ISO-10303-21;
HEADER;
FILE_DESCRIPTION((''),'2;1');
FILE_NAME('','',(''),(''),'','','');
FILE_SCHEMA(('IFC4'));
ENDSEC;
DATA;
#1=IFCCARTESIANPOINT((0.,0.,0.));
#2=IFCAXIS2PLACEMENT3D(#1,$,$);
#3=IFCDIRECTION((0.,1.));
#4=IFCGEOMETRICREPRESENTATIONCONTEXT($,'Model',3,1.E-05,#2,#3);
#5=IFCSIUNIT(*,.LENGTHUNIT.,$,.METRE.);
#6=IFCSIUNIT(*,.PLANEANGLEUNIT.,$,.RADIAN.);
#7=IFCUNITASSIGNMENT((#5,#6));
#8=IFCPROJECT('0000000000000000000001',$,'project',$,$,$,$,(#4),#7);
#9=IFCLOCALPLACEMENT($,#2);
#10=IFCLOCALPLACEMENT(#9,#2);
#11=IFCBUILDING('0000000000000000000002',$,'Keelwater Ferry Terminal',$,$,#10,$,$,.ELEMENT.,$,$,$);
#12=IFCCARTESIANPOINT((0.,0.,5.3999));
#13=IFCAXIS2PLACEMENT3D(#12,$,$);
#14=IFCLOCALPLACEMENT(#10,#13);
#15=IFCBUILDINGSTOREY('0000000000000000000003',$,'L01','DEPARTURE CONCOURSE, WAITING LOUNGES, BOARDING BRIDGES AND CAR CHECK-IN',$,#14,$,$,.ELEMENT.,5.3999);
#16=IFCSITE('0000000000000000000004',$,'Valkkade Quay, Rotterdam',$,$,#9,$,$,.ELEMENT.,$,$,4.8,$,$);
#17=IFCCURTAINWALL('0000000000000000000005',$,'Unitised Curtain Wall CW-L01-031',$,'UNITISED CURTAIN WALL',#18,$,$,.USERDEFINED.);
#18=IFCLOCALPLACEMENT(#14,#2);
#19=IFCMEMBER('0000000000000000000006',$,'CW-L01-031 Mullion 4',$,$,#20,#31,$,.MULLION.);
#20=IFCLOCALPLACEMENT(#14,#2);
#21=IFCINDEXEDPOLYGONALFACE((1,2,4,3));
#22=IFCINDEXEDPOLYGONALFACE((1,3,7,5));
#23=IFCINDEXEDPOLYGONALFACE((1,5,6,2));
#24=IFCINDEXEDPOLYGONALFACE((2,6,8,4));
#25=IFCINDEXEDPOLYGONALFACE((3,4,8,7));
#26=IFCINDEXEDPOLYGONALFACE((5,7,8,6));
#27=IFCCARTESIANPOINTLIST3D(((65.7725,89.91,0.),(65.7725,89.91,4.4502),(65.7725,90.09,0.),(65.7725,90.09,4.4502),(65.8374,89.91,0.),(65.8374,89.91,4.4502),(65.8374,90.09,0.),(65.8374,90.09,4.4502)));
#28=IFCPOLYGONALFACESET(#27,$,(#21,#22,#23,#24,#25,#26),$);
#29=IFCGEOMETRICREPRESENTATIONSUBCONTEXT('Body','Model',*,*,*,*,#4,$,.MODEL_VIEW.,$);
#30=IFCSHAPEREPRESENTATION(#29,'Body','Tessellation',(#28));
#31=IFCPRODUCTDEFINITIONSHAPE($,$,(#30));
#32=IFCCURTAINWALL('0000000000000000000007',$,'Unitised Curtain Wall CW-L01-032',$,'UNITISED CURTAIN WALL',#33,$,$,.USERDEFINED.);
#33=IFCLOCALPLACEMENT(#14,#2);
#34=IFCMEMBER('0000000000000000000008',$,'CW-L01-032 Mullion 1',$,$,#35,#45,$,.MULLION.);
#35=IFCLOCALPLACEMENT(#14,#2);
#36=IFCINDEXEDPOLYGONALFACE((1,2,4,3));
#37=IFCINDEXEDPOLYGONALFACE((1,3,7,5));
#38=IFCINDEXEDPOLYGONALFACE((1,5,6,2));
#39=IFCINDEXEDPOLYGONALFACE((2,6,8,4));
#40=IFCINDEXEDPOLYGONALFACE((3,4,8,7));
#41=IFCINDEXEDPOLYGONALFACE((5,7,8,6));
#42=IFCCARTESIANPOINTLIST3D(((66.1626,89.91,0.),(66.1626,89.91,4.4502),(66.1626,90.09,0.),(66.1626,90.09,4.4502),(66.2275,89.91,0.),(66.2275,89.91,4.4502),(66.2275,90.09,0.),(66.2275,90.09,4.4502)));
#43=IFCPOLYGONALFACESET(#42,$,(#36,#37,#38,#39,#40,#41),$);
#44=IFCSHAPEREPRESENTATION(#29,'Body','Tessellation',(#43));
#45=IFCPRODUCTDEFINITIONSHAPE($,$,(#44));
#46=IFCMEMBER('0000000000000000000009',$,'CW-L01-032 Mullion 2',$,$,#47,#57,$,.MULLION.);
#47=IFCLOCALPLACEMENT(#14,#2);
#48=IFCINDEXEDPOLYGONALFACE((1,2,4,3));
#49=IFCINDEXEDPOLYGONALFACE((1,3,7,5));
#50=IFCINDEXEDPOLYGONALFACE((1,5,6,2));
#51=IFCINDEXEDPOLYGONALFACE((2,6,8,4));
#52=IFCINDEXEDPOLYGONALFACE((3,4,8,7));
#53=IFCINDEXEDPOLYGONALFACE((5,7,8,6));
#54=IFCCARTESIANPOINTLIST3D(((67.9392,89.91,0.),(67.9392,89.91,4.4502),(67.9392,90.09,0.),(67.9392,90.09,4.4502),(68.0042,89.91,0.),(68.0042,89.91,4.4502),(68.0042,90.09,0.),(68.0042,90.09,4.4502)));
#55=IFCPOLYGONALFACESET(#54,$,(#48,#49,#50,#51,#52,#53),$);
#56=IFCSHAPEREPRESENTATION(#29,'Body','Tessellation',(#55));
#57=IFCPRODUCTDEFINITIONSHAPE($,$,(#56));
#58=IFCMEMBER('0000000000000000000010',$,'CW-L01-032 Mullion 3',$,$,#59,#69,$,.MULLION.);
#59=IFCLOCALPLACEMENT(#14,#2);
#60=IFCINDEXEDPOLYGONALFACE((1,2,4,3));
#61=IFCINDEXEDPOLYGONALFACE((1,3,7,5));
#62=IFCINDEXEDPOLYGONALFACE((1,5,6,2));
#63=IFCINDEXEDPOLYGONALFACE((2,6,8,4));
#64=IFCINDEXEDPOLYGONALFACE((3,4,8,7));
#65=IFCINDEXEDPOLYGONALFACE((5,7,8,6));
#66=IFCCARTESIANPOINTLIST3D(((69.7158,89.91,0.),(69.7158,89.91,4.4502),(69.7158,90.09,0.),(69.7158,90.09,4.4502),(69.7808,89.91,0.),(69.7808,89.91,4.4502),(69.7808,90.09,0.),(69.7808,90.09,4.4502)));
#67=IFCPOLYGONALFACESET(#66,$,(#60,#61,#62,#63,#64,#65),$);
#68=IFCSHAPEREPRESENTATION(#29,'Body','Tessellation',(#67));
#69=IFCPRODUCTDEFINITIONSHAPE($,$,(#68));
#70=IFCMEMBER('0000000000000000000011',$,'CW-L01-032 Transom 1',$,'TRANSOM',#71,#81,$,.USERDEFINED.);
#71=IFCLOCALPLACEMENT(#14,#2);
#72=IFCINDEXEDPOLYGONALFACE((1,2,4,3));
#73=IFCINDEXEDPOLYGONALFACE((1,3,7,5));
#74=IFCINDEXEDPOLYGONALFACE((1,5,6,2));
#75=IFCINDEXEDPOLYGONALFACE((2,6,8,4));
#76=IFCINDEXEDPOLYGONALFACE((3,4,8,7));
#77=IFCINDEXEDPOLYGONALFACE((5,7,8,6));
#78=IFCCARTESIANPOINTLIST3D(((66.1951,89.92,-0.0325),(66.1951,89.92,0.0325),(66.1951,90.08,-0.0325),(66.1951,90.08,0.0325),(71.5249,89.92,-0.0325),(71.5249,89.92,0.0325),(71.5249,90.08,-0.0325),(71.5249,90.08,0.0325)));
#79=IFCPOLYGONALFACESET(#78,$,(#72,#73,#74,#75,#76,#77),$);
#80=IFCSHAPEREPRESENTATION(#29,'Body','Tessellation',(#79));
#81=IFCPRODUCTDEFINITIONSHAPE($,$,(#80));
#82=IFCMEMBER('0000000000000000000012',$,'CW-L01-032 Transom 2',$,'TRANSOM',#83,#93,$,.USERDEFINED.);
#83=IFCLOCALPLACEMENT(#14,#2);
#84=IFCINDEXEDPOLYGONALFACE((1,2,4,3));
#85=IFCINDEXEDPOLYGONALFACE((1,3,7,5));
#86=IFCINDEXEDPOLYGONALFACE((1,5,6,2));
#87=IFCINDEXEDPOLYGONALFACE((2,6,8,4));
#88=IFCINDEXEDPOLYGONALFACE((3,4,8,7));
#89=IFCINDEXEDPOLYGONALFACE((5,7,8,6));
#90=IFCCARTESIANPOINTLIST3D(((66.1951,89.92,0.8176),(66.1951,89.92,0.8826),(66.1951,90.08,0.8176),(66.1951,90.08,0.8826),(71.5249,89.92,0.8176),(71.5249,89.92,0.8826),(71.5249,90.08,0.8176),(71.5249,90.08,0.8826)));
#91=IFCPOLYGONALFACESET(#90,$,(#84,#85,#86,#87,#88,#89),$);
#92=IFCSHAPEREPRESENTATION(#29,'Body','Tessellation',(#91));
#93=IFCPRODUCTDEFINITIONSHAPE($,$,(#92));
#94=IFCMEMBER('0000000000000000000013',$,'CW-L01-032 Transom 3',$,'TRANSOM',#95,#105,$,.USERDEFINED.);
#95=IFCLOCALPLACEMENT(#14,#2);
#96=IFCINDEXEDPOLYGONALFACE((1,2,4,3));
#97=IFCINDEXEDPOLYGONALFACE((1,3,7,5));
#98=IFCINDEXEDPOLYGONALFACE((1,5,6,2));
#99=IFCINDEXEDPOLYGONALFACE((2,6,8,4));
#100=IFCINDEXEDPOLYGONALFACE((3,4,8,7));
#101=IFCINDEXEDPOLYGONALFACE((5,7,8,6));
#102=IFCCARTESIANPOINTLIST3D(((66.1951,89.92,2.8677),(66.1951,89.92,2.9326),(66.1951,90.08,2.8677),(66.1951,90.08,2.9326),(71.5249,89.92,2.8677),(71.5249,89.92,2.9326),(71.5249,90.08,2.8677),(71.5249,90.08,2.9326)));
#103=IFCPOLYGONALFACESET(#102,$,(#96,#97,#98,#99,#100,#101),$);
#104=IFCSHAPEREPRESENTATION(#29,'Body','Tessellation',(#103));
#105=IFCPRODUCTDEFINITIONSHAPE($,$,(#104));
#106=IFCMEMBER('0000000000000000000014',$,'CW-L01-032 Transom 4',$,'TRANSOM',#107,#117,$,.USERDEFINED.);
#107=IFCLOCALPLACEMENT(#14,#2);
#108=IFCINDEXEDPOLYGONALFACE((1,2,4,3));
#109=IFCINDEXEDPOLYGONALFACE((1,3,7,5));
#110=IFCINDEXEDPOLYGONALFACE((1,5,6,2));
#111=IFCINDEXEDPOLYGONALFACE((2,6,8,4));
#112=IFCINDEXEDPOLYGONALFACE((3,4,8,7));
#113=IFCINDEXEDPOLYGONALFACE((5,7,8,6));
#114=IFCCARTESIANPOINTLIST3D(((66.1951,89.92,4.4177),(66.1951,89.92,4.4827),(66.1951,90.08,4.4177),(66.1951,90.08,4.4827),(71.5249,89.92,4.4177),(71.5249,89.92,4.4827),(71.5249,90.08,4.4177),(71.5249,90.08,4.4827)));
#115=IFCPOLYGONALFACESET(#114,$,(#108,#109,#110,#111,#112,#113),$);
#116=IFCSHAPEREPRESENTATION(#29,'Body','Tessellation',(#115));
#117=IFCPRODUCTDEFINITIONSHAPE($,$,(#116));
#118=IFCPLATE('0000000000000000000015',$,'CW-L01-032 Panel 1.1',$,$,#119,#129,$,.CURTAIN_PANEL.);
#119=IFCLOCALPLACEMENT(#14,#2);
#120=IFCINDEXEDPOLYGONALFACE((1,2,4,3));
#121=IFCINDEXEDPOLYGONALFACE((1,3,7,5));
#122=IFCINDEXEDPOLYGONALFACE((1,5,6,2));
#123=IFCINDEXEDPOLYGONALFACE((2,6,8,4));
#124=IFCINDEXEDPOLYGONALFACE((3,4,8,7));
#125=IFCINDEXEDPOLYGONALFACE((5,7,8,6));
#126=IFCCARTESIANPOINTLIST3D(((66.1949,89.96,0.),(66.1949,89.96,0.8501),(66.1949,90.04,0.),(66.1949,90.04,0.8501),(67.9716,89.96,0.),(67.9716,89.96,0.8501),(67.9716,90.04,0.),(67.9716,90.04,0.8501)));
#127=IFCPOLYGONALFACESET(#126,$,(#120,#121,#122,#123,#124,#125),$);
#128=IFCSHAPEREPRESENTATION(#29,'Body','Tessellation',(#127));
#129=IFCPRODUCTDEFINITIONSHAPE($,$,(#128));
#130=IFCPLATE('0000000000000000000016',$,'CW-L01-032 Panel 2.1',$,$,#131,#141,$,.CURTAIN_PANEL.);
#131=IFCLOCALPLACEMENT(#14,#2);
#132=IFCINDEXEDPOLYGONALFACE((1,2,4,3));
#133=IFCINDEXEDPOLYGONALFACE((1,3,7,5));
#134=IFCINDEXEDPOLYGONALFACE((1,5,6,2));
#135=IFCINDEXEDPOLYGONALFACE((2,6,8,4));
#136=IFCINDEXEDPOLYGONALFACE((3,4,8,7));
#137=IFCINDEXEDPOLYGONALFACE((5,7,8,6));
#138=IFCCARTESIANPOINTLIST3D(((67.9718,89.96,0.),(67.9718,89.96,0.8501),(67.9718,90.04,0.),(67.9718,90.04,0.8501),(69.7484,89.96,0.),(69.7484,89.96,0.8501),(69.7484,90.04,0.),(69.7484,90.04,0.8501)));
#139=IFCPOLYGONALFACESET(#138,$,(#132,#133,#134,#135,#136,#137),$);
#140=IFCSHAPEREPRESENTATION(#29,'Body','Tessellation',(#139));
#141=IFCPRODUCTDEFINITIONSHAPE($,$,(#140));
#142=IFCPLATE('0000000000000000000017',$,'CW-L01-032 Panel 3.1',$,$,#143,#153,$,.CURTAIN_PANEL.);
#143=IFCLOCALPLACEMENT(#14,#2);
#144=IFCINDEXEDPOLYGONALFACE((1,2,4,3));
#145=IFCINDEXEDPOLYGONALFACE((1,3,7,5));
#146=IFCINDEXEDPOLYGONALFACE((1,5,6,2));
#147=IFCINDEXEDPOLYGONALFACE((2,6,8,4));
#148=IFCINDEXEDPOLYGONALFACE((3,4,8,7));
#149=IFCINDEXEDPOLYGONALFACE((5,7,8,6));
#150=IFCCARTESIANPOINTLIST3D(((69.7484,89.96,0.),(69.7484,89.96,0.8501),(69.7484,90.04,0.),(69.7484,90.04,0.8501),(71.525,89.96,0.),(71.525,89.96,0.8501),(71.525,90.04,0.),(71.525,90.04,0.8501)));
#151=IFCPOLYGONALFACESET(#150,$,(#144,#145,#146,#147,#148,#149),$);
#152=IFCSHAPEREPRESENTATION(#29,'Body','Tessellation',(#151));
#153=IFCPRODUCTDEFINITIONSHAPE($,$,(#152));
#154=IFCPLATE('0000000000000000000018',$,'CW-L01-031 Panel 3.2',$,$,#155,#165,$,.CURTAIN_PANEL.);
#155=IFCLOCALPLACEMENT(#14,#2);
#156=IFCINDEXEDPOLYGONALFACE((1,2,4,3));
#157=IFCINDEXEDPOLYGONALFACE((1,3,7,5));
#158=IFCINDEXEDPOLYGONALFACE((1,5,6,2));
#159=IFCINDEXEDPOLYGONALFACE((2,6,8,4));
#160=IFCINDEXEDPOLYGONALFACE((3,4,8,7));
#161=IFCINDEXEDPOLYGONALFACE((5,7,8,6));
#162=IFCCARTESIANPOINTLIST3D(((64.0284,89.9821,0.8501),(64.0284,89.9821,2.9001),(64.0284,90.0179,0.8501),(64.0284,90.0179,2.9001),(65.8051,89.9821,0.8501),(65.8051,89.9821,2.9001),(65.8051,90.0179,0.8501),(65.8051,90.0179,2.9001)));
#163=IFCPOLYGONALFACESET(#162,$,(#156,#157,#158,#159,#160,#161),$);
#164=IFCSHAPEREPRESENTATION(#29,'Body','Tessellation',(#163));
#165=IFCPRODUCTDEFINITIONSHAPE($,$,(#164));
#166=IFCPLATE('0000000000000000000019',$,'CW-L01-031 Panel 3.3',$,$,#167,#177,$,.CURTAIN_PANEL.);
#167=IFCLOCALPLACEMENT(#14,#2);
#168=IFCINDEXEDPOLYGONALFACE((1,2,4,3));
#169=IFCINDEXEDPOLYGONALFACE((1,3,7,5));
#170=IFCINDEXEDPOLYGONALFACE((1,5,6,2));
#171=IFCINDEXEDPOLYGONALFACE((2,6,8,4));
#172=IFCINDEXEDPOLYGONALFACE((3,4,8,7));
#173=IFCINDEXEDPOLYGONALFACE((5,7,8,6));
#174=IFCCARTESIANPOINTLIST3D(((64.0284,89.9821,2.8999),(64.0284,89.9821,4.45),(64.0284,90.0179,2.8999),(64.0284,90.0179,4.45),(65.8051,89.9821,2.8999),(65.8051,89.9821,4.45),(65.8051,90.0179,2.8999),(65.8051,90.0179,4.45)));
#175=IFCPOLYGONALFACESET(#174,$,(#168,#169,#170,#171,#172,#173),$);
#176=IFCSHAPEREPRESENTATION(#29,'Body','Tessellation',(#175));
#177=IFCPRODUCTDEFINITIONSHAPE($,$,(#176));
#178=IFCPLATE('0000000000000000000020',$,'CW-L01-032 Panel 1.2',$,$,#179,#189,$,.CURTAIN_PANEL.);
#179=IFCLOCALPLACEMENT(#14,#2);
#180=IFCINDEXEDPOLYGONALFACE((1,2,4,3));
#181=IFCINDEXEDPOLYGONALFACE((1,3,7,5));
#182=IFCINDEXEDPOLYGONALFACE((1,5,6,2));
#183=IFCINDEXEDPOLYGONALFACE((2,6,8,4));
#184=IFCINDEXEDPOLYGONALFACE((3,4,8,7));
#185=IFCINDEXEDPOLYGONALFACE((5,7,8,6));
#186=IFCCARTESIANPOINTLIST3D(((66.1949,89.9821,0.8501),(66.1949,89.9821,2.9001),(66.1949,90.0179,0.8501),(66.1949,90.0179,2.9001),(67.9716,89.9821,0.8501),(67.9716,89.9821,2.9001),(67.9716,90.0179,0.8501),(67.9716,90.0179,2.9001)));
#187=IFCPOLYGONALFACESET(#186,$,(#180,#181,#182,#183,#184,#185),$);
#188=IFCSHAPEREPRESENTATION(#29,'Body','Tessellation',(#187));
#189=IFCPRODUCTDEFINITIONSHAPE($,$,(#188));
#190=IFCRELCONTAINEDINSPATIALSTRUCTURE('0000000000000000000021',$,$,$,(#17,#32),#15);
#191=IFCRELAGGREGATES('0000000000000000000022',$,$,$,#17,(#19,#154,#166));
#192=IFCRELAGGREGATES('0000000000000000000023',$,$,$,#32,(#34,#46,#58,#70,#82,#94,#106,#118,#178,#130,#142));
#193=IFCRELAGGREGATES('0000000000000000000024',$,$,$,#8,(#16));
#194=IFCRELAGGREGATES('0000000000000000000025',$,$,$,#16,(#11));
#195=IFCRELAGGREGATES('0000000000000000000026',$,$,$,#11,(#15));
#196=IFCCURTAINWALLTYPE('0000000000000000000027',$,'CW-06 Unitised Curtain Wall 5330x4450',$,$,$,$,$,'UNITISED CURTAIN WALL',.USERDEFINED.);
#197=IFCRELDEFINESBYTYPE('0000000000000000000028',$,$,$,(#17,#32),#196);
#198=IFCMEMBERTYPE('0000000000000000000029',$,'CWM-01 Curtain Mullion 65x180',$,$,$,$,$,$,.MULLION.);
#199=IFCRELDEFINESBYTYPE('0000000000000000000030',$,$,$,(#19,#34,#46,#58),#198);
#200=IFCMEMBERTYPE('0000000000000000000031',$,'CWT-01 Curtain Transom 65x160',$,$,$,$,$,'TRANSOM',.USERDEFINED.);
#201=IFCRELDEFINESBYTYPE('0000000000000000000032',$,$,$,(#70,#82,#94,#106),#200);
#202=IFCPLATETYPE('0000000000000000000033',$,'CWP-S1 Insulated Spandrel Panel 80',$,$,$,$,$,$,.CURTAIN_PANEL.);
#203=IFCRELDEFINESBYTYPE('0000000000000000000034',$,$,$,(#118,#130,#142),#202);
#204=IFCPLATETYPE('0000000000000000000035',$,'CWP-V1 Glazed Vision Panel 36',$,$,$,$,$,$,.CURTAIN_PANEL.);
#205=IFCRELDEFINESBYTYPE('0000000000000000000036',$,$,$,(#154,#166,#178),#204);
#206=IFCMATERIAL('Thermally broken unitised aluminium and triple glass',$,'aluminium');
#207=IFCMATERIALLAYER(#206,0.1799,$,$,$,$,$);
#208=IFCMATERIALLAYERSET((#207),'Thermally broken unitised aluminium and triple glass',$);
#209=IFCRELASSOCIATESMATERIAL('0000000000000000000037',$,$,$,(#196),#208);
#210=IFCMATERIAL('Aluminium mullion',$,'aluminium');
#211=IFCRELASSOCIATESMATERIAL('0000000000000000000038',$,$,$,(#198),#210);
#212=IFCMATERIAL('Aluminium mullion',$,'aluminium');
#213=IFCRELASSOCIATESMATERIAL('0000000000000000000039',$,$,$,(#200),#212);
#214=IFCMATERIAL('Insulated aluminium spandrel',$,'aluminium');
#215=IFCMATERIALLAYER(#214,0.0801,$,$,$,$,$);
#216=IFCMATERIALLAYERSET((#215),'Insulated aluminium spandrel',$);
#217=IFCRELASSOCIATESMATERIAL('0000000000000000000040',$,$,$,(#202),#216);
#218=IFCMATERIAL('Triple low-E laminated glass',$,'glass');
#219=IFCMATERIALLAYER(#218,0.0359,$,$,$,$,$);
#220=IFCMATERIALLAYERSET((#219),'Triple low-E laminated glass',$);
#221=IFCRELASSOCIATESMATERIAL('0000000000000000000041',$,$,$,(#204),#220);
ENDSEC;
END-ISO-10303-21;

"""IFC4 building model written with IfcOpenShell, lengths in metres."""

from ifc_helpers import new_model, si_unit, direction, frame, origin, origin_2d, place, context, subcontext, project, spatial, rectangle, extrude, material, layer, layer_set, material_profile, profile_set, type_object, element, aggregate, save


model = new_model("IFC4")

# Units and contexts
model_context = context("Model", 3, precision=1e-05, world=origin(), true_north=direction((0.0, 1.0)))
body_context = subcontext(model_context, "Body", "Model", "MODEL_VIEW")
ifc_project = project(units=[si_unit("LENGTHUNIT", "METRE"), si_unit("PLANEANGLEUNIT", "RADIAN")], contexts=[model_context])

# Site, building, storey
site_placement = place(None, origin())
site = spatial("IfcSite", under=ifc_project, at=site_placement, Name="Valkkade Quay, Rotterdam", CompositionType="ELEMENT", RefElevation=4.8)
building_placement = place(site_placement, origin())
building = spatial("IfcBuilding", under=site, at=building_placement, Name="Keelwater Ferry Terminal", CompositionType="ELEMENT")
storey_placement = place(building_placement, frame((0.0, 0.0, 5.3999)))
storey = spatial("IfcBuildingStorey", under=building, at=storey_placement, Name="L01", Description="DEPARTURE CONCOURSE, WAITING LOUNGES, BOARDING BRIDGES AND CAR CHECK-IN", CompositionType="ELEMENT", Elevation=5.3999)

# Curtain wall, member
ifc_material_1 = material(Name="Thermally broken unitised aluminium and triple glass", Category="aluminium")
ifc_layer_1 = layer(ifc_material_1, 0.1799)
ifc_layer_set_1 = layer_set([ifc_layer_1], Name="Thermally broken unitised aluminium and triple glass")
curtain_wall_type = type_object("IfcCurtainWallType", Name="CW-06 Unitised Curtain Wall 5330x4450", ElementType="UNITISED CURTAIN WALL", PredefinedType="USERDEFINED", material=ifc_layer_set_1)
curtain_wall_1_placement = place(storey_placement, origin())
curtain_wall_1 = element("IfcCurtainWall", 1, at=curtain_wall_1_placement, inside=storey, type_object=curtain_wall_type, Name="Unitised Curtain Wall CW-L01-031", ObjectType="UNITISED CURTAIN WALL", PredefinedType="USERDEFINED")
ifc_material_2 = material(Name="Aluminium mullion", Category="aluminium")
ifc_material_profile_1 = material_profile(ifc_material_2, rectangle(XDim=0.0649, YDim=0.1799, at=origin_2d()), Name="CWM-01")
ifc_profile_set_1 = profile_set([ifc_material_profile_1], Name="Aluminium mullion")
member_type_1 = type_object("IfcMemberType", Name="CWM-01 Curtain Mullion 65x180", PredefinedType="MULLION", material=ifc_profile_set_1)
member_1_placement = place(storey_placement, frame((65.8049, 90.0, 0.0), z_axis=(0.0, 0.0, 1.0), x_axis=(1.0, 0.0, 0.0)))
member_1 = element("IfcMember", 2, at=member_1_placement, type_object=member_type_1, Name="CW-L01-031 Mullion 4", PredefinedType="MULLION", context=body_context, shape_type="SweptSolid", body=[
    extrude(rectangle(XDim=0.0649, YDim=0.1799, at=origin_2d()), origin(), (0.0, 0.0, 1.0), 4.4502),
])

# Curtain wall, members, plates
curtain_wall_2_placement = place(storey_placement, origin())
curtain_wall_2 = element("IfcCurtainWall", 3, at=curtain_wall_2_placement, inside=storey, type_object=curtain_wall_type, Name="Unitised Curtain Wall CW-L01-032", ObjectType="UNITISED CURTAIN WALL", PredefinedType="USERDEFINED")
member_2_placement = place(storey_placement, frame((66.1951, 90.0, 0.0), z_axis=(0.0, 0.0, 1.0), x_axis=(1.0, 0.0, 0.0)))
member_2 = element("IfcMember", 4, at=member_2_placement, type_object=member_type_1, Name="CW-L01-032 Mullion 1", PredefinedType="MULLION", context=body_context, shape_type="SweptSolid", body=[
    extrude(rectangle(XDim=0.0649, YDim=0.1799, at=origin_2d()), origin(), (0.0, 0.0, 1.0), 4.4502),
])
member_3_placement = place(storey_placement, frame((67.9717, 90.0, 0.0), z_axis=(0.0, 0.0, 1.0), x_axis=(1.0, 0.0, 0.0)))
member_3 = element("IfcMember", 5, at=member_3_placement, type_object=member_type_1, Name="CW-L01-032 Mullion 2", PredefinedType="MULLION", context=body_context, shape_type="SweptSolid", body=[
    extrude(rectangle(XDim=0.0649, YDim=0.1799, at=origin_2d()), origin(), (0.0, 0.0, 1.0), 4.4502),
])
member_4_placement = place(storey_placement, frame((69.7483, 90.0, 0.0), z_axis=(0.0, 0.0, 1.0), x_axis=(1.0, 0.0, 0.0)))
member_4 = element("IfcMember", 6, at=member_4_placement, type_object=member_type_1, Name="CW-L01-032 Mullion 3", PredefinedType="MULLION", context=body_context, shape_type="SweptSolid", body=[
    extrude(rectangle(XDim=0.0649, YDim=0.1799, at=origin_2d()), origin(), (0.0, 0.0, 1.0), 4.4502),
])
ifc_material_3 = material(Name="Aluminium mullion", Category="aluminium")
ifc_material_profile_2 = material_profile(ifc_material_3, rectangle(XDim=0.1599, YDim=0.0649, at=origin_2d()), Name="CWT-01")
ifc_profile_set_2 = profile_set([ifc_material_profile_2], Name="Aluminium mullion")
member_type_2 = type_object("IfcMemberType", Name="CWT-01 Curtain Transom 65x160", ElementType="TRANSOM", PredefinedType="USERDEFINED", material=ifc_profile_set_2)
member_5_placement = place(storey_placement, frame((66.1951, 90.0, 0.0), z_axis=(1.0, 0.0, 0.0), x_axis=(0.0, 1.0, 0.0)))
member_5 = element("IfcMember", 7, at=member_5_placement, type_object=member_type_2, Name="CW-L01-032 Transom 1", ObjectType="TRANSOM", PredefinedType="USERDEFINED", context=body_context, shape_type="SweptSolid", body=[
    extrude(rectangle(XDim=0.1599, YDim=0.0649, at=origin_2d()), origin(), (0.0, 0.0, 1.0), 5.3298),
])
member_6_placement = place(storey_placement, frame((66.1951, 90.0, 0.8501), z_axis=(1.0, 0.0, 0.0), x_axis=(0.0, 1.0, 0.0)))
member_6 = element("IfcMember", 8, at=member_6_placement, type_object=member_type_2, Name="CW-L01-032 Transom 2", ObjectType="TRANSOM", PredefinedType="USERDEFINED", context=body_context, shape_type="SweptSolid", body=[
    extrude(rectangle(XDim=0.1599, YDim=0.0649, at=origin_2d()), origin(), (0.0, 0.0, 1.0), 5.3298),
])
member_7_placement = place(storey_placement, frame((66.1951, 90.0, 2.9001), z_axis=(1.0, 0.0, 0.0), x_axis=(0.0, 1.0, 0.0)))
member_7 = element("IfcMember", 9, at=member_7_placement, type_object=member_type_2, Name="CW-L01-032 Transom 3", ObjectType="TRANSOM", PredefinedType="USERDEFINED", context=body_context, shape_type="SweptSolid", body=[
    extrude(rectangle(XDim=0.1599, YDim=0.0649, at=origin_2d()), origin(), (0.0, 0.0, 1.0), 5.3298),
])
member_8_placement = place(storey_placement, frame((66.1951, 90.0, 4.4502), z_axis=(1.0, 0.0, 0.0), x_axis=(0.0, 1.0, 0.0)))
member_8 = element("IfcMember", 10, at=member_8_placement, type_object=member_type_2, Name="CW-L01-032 Transom 4", ObjectType="TRANSOM", PredefinedType="USERDEFINED", context=body_context, shape_type="SweptSolid", body=[
    extrude(rectangle(XDim=0.1599, YDim=0.0649, at=origin_2d()), origin(), (0.0, 0.0, 1.0), 5.3298),
])
ifc_material_4 = material(Name="Insulated aluminium spandrel", Category="aluminium")
ifc_layer_2 = layer(ifc_material_4, 0.0801)
ifc_layer_set_2 = layer_set([ifc_layer_2], Name="Insulated aluminium spandrel")
plate_type_1 = type_object("IfcPlateType", Name="CWP-S1 Insulated Spandrel Panel 80", PredefinedType="CURTAIN_PANEL", material=ifc_layer_set_2)
plate_1_placement = place(storey_placement, frame((67.0833, 90.0, 0.0), z_axis=(0.0, 0.0, 1.0), x_axis=(1.0, 0.0, 0.0)))
plate_1 = element("IfcPlate", 11, at=plate_1_placement, type_object=plate_type_1, Name="CW-L01-032 Panel 1.1", PredefinedType="CURTAIN_PANEL", context=body_context, shape_type="SweptSolid", body=[
    extrude(rectangle(XDim=1.7766, YDim=0.0801, at=origin_2d()), origin(), (0.0, 0.0, 1.0), 0.8501),
])
plate_2_placement = place(storey_placement, frame((68.8601, 90.0, 0.0), z_axis=(0.0, 0.0, 1.0), x_axis=(1.0, 0.0, 0.0)))
plate_2 = element("IfcPlate", 12, at=plate_2_placement, type_object=plate_type_1, Name="CW-L01-032 Panel 2.1", PredefinedType="CURTAIN_PANEL", context=body_context, shape_type="SweptSolid", body=[
    extrude(rectangle(XDim=1.7766, YDim=0.0801, at=origin_2d()), origin(), (0.0, 0.0, 1.0), 0.8501),
])
plate_3_placement = place(storey_placement, frame((70.6367, 90.0, 0.0), z_axis=(0.0, 0.0, 1.0), x_axis=(1.0, 0.0, 0.0)))
plate_3 = element("IfcPlate", 13, at=plate_3_placement, type_object=plate_type_1, Name="CW-L01-032 Panel 3.1", PredefinedType="CURTAIN_PANEL", context=body_context, shape_type="SweptSolid", body=[
    extrude(rectangle(XDim=1.7766, YDim=0.0801, at=origin_2d()), origin(), (0.0, 0.0, 1.0), 0.8501),
])

# Plates
ifc_material_5 = material(Name="Triple low-E laminated glass", Category="glass")
ifc_layer_3 = layer(ifc_material_5, 0.0359)
ifc_layer_set_3 = layer_set([ifc_layer_3], Name="Triple low-E laminated glass")
plate_type_2 = type_object("IfcPlateType", Name="CWP-V1 Glazed Vision Panel 36", PredefinedType="CURTAIN_PANEL", material=ifc_layer_set_3)
plate_4_placement = place(storey_placement, frame((64.9167, 90.0, 0.8501), z_axis=(0.0, 0.0, 1.0), x_axis=(1.0, 0.0, 0.0)))
plate_4 = element("IfcPlate", 14, at=plate_4_placement, type_object=plate_type_2, Name="CW-L01-031 Panel 3.2", PredefinedType="CURTAIN_PANEL", context=body_context, shape_type="SweptSolid", body=[
    extrude(rectangle(XDim=1.7766, YDim=0.0359, at=origin_2d()), origin(), (0.0, 0.0, 1.0), 2.05),
])
plate_5_placement = place(storey_placement, frame((64.9167, 90.0, 2.8999), z_axis=(0.0, 0.0, 1.0), x_axis=(1.0, 0.0, 0.0)))
plate_5 = element("IfcPlate", 15, at=plate_5_placement, type_object=plate_type_2, Name="CW-L01-031 Panel 3.3", PredefinedType="CURTAIN_PANEL", context=body_context, shape_type="SweptSolid", body=[
    extrude(rectangle(XDim=1.7766, YDim=0.0359, at=origin_2d()), origin(), (0.0, 0.0, 1.0), 1.55),
])
aggregate(curtain_wall_1, [member_1, plate_4, plate_5])
plate_6_placement = place(storey_placement, frame((67.0833, 90.0, 0.8501), z_axis=(0.0, 0.0, 1.0), x_axis=(1.0, 0.0, 0.0)))
plate_6 = element("IfcPlate", 16, at=plate_6_placement, type_object=plate_type_2, Name="CW-L01-032 Panel 1.2", PredefinedType="CURTAIN_PANEL", context=body_context, shape_type="SweptSolid", body=[
    extrude(rectangle(XDim=1.7766, YDim=0.0359, at=origin_2d()), origin(), (0.0, 0.0, 1.0), 2.05),
])
aggregate(curtain_wall_2, [member_2, member_3, member_4, member_5, member_6, member_7, member_8, plate_1, plate_6, plate_2, plate_3])

save(model, "model.ifc")
